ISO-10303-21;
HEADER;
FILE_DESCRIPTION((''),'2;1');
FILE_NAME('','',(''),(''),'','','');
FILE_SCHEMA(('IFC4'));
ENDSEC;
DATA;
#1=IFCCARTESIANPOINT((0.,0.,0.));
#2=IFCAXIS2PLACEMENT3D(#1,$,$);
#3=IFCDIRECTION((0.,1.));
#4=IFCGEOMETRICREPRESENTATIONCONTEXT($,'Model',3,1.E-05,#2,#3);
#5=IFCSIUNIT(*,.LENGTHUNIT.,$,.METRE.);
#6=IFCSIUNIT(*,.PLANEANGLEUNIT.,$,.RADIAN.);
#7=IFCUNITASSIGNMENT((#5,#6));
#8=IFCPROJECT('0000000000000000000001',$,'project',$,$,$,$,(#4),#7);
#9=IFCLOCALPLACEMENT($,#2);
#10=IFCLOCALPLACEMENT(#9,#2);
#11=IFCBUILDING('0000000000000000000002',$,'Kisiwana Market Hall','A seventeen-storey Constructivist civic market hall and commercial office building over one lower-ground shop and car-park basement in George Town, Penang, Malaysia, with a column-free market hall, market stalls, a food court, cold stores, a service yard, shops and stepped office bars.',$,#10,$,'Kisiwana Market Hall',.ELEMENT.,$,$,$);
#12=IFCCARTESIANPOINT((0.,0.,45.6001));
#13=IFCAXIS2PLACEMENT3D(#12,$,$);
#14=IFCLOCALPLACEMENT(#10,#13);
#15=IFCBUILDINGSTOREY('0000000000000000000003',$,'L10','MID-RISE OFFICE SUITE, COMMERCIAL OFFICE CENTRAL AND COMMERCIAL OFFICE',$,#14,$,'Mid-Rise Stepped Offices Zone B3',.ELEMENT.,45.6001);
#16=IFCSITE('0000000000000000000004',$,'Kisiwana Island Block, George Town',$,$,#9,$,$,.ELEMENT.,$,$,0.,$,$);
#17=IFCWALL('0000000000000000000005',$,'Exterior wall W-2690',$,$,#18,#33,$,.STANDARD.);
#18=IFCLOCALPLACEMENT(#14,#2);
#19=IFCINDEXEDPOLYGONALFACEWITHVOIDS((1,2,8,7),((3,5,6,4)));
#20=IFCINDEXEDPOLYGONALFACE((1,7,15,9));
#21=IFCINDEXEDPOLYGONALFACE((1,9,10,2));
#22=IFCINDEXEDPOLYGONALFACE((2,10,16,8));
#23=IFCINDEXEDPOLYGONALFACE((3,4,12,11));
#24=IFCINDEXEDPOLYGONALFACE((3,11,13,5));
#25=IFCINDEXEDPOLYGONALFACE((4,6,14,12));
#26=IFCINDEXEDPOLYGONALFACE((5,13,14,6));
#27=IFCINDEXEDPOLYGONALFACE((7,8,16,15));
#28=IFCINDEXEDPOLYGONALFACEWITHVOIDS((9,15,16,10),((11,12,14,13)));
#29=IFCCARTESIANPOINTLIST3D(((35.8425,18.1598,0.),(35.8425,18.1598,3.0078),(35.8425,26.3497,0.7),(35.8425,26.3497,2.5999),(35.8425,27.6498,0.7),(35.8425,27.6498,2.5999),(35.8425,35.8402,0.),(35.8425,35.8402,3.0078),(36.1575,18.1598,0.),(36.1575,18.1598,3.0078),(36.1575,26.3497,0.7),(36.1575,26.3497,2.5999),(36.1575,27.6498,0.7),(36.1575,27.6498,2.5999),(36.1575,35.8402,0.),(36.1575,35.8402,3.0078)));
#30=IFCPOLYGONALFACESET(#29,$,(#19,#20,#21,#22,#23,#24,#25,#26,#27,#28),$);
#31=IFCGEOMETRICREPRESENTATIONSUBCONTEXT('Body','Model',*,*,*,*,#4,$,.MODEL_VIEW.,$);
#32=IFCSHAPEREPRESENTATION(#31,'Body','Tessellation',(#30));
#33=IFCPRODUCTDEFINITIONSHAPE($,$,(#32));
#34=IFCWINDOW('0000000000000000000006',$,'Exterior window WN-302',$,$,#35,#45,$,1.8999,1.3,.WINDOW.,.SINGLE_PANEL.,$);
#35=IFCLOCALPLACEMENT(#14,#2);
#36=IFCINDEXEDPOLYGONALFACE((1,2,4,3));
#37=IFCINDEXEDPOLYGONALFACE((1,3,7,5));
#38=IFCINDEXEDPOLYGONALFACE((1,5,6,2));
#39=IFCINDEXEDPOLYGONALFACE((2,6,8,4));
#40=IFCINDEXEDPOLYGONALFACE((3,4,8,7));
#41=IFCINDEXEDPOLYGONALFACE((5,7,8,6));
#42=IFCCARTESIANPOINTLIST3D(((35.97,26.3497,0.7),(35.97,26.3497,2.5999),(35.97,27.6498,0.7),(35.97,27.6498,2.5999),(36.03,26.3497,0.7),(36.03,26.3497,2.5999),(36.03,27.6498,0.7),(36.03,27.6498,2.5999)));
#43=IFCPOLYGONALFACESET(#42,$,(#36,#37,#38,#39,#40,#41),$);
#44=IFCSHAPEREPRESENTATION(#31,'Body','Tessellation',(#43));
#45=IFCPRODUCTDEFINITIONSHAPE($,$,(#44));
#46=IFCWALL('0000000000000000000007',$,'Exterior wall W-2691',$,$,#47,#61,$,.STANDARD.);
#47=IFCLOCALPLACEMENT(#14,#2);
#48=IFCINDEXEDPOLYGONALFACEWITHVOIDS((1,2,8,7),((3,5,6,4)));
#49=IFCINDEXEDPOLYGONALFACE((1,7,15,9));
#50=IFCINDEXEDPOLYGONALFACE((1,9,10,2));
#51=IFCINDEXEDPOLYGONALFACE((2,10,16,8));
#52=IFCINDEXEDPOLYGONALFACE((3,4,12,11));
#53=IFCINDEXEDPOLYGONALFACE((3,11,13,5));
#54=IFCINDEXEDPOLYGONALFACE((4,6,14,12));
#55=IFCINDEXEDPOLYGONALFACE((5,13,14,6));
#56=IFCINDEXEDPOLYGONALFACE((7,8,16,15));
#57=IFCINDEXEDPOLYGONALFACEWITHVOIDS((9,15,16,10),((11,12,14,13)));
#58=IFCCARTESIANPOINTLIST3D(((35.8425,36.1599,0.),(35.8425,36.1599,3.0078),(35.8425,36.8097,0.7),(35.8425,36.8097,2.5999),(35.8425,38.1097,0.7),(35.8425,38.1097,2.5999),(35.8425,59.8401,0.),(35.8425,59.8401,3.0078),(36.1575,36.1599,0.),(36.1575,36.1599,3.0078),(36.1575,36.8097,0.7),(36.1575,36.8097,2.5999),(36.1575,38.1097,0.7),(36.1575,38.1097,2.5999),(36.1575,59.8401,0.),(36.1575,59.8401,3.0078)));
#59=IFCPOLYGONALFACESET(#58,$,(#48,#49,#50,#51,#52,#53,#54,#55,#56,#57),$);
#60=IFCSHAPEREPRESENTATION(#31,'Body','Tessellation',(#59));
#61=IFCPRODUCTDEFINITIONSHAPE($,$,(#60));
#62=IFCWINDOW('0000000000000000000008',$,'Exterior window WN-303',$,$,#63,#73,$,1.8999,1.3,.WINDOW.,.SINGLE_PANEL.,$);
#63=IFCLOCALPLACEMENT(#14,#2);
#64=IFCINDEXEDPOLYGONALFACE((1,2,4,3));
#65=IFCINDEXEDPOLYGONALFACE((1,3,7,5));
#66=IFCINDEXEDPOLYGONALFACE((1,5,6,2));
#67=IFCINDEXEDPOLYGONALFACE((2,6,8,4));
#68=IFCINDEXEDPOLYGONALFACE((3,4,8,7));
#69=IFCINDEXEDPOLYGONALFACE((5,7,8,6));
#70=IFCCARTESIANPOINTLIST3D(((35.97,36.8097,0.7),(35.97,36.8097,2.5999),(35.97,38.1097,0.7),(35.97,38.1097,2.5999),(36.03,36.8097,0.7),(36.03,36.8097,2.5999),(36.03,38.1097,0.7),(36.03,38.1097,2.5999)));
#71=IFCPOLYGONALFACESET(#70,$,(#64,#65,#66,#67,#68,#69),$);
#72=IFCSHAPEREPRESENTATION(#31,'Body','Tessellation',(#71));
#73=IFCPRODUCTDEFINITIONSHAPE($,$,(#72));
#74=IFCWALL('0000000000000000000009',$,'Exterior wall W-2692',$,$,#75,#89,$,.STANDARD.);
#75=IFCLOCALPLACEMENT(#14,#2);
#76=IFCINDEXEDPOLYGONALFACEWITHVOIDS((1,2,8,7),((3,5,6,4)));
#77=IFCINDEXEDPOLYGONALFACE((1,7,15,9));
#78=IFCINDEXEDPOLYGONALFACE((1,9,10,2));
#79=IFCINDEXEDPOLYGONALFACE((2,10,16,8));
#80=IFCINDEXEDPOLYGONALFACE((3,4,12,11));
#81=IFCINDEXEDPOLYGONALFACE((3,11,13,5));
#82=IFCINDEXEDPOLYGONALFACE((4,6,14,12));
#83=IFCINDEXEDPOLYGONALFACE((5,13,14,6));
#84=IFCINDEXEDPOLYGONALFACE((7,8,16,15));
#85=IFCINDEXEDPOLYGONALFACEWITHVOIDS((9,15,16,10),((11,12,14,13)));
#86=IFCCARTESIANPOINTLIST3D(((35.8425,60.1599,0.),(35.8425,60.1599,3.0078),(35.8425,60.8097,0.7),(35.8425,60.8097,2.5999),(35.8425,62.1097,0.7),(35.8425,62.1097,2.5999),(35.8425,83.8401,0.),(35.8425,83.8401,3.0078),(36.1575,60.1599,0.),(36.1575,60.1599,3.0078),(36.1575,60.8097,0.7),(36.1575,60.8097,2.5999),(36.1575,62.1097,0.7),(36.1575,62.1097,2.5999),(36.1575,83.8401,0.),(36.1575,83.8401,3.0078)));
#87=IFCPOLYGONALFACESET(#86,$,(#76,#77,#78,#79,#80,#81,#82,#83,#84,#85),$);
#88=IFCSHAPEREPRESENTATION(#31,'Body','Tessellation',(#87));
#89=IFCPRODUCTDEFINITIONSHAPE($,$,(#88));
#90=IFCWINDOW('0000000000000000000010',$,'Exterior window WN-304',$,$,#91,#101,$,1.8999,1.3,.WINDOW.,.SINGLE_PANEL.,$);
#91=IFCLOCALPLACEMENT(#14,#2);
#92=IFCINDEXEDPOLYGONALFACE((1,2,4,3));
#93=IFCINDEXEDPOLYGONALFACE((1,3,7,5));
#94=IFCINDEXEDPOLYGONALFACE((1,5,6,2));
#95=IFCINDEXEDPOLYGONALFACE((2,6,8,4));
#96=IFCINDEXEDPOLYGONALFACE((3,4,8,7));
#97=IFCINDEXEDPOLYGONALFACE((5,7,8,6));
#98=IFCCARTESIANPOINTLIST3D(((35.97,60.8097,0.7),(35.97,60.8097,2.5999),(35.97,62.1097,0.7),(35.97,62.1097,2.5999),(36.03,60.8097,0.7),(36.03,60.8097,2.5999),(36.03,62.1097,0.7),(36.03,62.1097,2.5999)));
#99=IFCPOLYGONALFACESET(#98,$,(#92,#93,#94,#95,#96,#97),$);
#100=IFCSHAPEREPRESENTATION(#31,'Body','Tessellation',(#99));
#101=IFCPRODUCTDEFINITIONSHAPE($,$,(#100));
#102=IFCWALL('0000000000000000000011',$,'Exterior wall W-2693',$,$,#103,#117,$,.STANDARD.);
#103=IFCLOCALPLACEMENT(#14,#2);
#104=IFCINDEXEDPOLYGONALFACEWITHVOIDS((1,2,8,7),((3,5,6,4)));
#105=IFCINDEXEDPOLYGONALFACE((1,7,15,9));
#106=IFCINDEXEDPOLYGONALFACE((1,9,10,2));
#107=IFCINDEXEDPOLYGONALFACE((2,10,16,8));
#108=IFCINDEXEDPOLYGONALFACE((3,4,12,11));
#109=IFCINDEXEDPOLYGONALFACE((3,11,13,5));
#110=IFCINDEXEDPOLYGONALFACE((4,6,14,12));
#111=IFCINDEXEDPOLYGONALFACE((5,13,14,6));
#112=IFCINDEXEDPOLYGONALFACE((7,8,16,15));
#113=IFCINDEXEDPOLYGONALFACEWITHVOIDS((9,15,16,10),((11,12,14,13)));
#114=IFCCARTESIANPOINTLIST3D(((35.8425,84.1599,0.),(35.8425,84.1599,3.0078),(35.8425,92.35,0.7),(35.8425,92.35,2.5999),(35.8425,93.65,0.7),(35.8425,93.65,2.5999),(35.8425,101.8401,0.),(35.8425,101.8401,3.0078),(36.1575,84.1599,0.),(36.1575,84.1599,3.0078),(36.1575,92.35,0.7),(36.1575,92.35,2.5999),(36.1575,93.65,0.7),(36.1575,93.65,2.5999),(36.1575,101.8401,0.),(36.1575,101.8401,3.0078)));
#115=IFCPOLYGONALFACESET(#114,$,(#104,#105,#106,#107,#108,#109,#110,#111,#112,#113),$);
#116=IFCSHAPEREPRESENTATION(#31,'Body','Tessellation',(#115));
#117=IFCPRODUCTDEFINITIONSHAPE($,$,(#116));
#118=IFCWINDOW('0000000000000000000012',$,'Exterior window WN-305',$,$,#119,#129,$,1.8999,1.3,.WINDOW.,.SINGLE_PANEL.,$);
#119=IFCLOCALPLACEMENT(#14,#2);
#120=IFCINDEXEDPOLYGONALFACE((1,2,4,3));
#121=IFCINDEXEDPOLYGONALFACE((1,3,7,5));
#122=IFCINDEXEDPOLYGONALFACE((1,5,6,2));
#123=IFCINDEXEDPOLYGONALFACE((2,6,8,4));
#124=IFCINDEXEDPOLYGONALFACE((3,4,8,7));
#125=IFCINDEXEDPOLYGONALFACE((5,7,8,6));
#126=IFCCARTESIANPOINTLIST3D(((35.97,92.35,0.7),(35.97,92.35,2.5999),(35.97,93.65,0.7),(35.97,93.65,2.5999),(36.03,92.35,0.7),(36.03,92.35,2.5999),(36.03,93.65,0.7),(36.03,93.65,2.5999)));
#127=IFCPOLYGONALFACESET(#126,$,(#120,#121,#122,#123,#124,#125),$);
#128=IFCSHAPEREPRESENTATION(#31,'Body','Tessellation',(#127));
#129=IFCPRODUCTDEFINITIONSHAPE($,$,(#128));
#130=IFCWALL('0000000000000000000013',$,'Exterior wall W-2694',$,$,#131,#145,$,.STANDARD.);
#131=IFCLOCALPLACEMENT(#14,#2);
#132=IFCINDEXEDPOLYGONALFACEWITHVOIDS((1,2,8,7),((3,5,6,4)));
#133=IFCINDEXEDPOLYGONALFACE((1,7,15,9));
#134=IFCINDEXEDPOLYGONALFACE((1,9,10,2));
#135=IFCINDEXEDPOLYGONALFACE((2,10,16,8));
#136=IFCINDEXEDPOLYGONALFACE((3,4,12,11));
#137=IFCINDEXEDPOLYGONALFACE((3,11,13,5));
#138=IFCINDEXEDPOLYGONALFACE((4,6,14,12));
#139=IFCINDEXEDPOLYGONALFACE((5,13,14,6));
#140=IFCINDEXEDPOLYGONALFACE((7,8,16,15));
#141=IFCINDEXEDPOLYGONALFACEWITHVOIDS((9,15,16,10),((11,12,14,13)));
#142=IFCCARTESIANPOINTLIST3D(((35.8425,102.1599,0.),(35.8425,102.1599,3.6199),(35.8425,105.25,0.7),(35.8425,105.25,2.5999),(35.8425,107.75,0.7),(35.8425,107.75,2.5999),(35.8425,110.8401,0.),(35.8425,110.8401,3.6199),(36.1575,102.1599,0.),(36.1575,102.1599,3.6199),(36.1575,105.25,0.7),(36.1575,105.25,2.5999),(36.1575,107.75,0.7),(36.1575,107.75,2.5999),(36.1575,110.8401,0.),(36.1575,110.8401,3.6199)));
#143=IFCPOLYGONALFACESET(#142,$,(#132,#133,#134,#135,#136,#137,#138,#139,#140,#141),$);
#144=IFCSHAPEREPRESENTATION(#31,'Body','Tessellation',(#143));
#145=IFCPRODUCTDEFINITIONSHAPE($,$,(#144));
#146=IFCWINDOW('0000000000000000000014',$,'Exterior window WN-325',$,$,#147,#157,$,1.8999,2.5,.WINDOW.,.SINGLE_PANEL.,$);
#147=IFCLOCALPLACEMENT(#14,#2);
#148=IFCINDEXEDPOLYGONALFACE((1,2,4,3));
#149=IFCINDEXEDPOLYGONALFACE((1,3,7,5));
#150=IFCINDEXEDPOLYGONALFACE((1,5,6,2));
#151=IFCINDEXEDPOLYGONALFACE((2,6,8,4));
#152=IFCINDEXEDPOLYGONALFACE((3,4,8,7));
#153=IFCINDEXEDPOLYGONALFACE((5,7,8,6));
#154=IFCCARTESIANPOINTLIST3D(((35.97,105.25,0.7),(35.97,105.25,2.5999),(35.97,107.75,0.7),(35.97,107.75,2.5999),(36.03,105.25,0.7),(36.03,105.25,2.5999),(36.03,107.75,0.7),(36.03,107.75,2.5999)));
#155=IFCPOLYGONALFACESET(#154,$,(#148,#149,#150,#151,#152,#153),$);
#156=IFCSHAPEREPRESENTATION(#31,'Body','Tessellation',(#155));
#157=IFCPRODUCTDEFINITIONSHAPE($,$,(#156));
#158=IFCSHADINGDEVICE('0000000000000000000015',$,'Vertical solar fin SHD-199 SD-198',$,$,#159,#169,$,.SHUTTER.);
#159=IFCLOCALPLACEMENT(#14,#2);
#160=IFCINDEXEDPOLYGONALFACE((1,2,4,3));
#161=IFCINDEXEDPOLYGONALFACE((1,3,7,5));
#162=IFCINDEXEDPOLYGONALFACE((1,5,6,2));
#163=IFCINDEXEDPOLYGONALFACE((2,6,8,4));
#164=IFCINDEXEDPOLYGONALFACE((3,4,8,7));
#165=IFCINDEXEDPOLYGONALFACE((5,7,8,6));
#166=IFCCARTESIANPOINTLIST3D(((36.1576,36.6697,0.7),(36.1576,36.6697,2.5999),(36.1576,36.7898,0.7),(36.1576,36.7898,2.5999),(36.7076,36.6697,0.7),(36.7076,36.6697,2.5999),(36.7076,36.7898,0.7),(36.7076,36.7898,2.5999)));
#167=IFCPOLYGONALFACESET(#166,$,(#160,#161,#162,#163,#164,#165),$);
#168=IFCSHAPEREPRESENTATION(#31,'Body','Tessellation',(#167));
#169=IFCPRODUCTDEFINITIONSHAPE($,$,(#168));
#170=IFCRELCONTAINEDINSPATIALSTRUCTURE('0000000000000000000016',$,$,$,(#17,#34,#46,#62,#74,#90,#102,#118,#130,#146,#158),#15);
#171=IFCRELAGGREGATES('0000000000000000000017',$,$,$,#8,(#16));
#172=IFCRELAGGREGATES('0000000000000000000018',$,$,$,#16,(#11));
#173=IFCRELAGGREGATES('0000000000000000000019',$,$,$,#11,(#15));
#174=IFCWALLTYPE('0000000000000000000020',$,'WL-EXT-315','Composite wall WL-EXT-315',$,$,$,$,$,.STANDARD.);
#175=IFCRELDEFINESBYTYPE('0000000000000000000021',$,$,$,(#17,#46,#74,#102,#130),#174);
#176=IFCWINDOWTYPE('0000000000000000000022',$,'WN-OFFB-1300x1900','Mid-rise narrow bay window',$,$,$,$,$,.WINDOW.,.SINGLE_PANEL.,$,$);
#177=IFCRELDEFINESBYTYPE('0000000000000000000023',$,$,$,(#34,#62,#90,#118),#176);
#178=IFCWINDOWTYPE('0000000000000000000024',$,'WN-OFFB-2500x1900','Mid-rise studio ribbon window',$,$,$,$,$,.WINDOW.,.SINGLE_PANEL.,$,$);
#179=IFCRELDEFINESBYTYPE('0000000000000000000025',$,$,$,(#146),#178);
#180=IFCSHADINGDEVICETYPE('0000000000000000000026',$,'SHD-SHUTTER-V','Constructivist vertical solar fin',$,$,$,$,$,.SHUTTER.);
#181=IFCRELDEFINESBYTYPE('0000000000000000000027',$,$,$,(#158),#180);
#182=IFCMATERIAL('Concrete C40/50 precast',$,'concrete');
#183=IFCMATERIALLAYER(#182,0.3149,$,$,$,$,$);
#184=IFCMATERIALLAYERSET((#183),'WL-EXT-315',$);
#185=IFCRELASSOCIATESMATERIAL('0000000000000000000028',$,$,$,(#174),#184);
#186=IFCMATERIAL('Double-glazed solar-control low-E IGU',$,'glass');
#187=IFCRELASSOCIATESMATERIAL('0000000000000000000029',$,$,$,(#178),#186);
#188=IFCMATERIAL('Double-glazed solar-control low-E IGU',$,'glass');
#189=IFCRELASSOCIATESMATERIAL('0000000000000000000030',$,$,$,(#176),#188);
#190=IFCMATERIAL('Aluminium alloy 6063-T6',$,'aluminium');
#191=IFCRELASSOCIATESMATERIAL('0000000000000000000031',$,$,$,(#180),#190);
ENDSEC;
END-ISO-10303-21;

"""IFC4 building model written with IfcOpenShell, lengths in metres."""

from ifc_helpers import new_model, si_unit, direction, frame, frame_2d, origin, origin_2d, place, context, subcontext, project, spatial, rectangle, extrude, material, layer, layer_set, type_object, element, fill, save


model = new_model("IFC4")

# Units and contexts
model_context = context("Model", 3, precision=1e-05, world=origin(), true_north=direction((0.0, 1.0)))
body_context = subcontext(model_context, "Body", "Model", "MODEL_VIEW")
ifc_project = project(units=[si_unit("LENGTHUNIT", "METRE"), si_unit("PLANEANGLEUNIT", "RADIAN")], contexts=[model_context])

# Site, building, storey
site_placement = place(None, origin())
site = spatial("IfcSite", under=ifc_project, at=site_placement, Name="Kisiwana Island Block, George Town", CompositionType="ELEMENT", RefElevation=0.0)
building_placement = place(site_placement, origin())
building = spatial("IfcBuilding", under=site, at=building_placement, Name="Kisiwana Market Hall", Description="A seventeen-storey Constructivist civic market hall and commercial office building over one lower-ground shop and car-park basement in George Town, Penang, Malaysia, with a column-free market hall, market stalls, a food court, cold stores, a service yard, shops and stepped office bars.", LongName="Kisiwana Market Hall", CompositionType="ELEMENT")
storey_placement = place(building_placement, frame((0.0, 0.0, 45.6001)))
storey = spatial("IfcBuildingStorey", under=building, at=storey_placement, Name="L10", Description="MID-RISE OFFICE SUITE, COMMERCIAL OFFICE CENTRAL AND COMMERCIAL OFFICE", LongName="Mid-Rise Stepped Offices Zone B3", CompositionType="ELEMENT", Elevation=45.6001)

# Walls, openings, windows
ifc_material_1 = material(Name="Concrete C40/50 precast", Category="concrete")
ifc_layer = layer(ifc_material_1, 0.3149)
ifc_layer_set = layer_set([ifc_layer], Name="WL-EXT-315")
wall_type = type_object("IfcWallType", Name="WL-EXT-315", Description="Composite wall WL-EXT-315", PredefinedType="STANDARD", material=ifc_layer_set)
ifc_material_2 = material(Name="Double-glazed solar-control low-E IGU", Category="glass")
window_type_1 = type_object("IfcWindowType", Name="WN-OFFB-2500x1900", Description="Mid-rise studio ribbon window", PartitioningType="SINGLE_PANEL", PredefinedType="WINDOW", material=ifc_material_2)
wall_1_placement = place(storey_placement, frame((36.0, 18.1597, 0.0), z_axis=(0.0, 0.0, 1.0), x_axis=(0.0, 1.0, 0.0)))
wall_1 = element("IfcWall", 1, at=wall_1_placement, inside=storey, type_object=wall_type, Name="Exterior wall W-2690", PredefinedType="STANDARD", context=body_context, shape_type="SweptSolid", body=[
    extrude(rectangle(XDim=17.6804, YDim=0.3149, at=frame_2d((8.8403, 0.0))), origin(), (0.0, 0.0, 1.0), 3.0078),
])
opening_1_placement = place(wall_1_placement, frame((8.1902, 0.0, 0.7)))
opening_1 = element("IfcOpeningElement", 2, at=opening_1_placement, cuts=wall_1, PredefinedType="OPENING", context=body_context, shape_type="SweptSolid", body=[
    extrude(rectangle(XDim=1.3, YDim=1.8999, at=frame_2d((0.6499, 0.95))), frame((0.0, 0.1694, 0.0), z_axis=(0.0, -1.0, 0.0), x_axis=(1.0, 0.0, 0.0)), (0.0, 0.0, 1.0), 0.3389),
])
ifc_material_3 = material(Name="Double-glazed solar-control low-E IGU", Category="glass")
window_type_2 = type_object("IfcWindowType", Name="WN-OFFB-1300x1900", Description="Mid-rise narrow bay window", PartitioningType="SINGLE_PANEL", PredefinedType="WINDOW", material=ifc_material_3)
window_1_placement = place(opening_1_placement, origin())
window_1 = element("IfcWindow", 3, at=window_1_placement, inside=storey, type_object=window_type_2, Name="Exterior window WN-302", OverallHeight=1.8999, OverallWidth=1.3, PartitioningType="SINGLE_PANEL", PredefinedType="WINDOW", context=body_context, shape_type="SweptSolid", body=[
    extrude(rectangle(XDim=1.3, YDim=1.8999, at=frame_2d((0.6499, 0.95))), frame((0.0, 0.03, 0.0), z_axis=(0.0, -1.0, 0.0), x_axis=(1.0, 0.0, 0.0)), (0.0, 0.0, 1.0), 0.0601),
])
fill(opening_1, window_1)
wall_2_placement = place(storey_placement, frame((36.0, 36.1599, 0.0), z_axis=(0.0, 0.0, 1.0), x_axis=(0.0, 1.0, 0.0)))
wall_2 = element("IfcWall", 4, at=wall_2_placement, inside=storey, type_object=wall_type, Name="Exterior wall W-2691", PredefinedType="STANDARD", context=body_context, shape_type="SweptSolid", body=[
    extrude(rectangle(XDim=23.6802, YDim=0.3149, at=frame_2d((11.8401, 0.0))), origin(), (0.0, 0.0, 1.0), 3.0078),
])
opening_2_placement = place(wall_2_placement, frame((0.6499, 0.0, 0.7)))
opening_2 = element("IfcOpeningElement", 5, at=opening_2_placement, cuts=wall_2, PredefinedType="OPENING", context=body_context, shape_type="SweptSolid", body=[
    extrude(rectangle(XDim=1.3, YDim=1.8999, at=frame_2d((0.6499, 0.95))), frame((0.0, 0.1694, 0.0), z_axis=(0.0, -1.0, 0.0), x_axis=(1.0, 0.0, 0.0)), (0.0, 0.0, 1.0), 0.3389),
])
window_2_placement = place(opening_2_placement, origin())
window_2 = element("IfcWindow", 6, at=window_2_placement, inside=storey, type_object=window_type_2, Name="Exterior window WN-303", OverallHeight=1.8999, OverallWidth=1.3, PartitioningType="SINGLE_PANEL", PredefinedType="WINDOW", context=body_context, shape_type="SweptSolid", body=[
    extrude(rectangle(XDim=1.3, YDim=1.8999, at=frame_2d((0.6499, 0.95))), frame((0.0, 0.03, 0.0), z_axis=(0.0, -1.0, 0.0), x_axis=(1.0, 0.0, 0.0)), (0.0, 0.0, 1.0), 0.0601),
])
fill(opening_2, window_2)
wall_3_placement = place(storey_placement, frame((36.0, 60.1599, 0.0), z_axis=(0.0, 0.0, 1.0), x_axis=(0.0, 1.0, 0.0)))
wall_3 = element("IfcWall", 7, at=wall_3_placement, inside=storey, type_object=wall_type, Name="Exterior wall W-2692", PredefinedType="STANDARD", context=body_context, shape_type="SweptSolid", body=[
    extrude(rectangle(XDim=23.6802, YDim=0.3149, at=frame_2d((11.8401, 0.0))), origin(), (0.0, 0.0, 1.0), 3.0078),
])
opening_3_placement = place(wall_3_placement, frame((0.6499, 0.0, 0.7)))
opening_3 = element("IfcOpeningElement", 8, at=opening_3_placement, cuts=wall_3, PredefinedType="OPENING", context=body_context, shape_type="SweptSolid", body=[
    extrude(rectangle(XDim=1.3, YDim=1.8999, at=frame_2d((0.6499, 0.95))), frame((0.0, 0.1694, 0.0), z_axis=(0.0, -1.0, 0.0), x_axis=(1.0, 0.0, 0.0)), (0.0, 0.0, 1.0), 0.3389),
])
window_3_placement = place(opening_3_placement, origin())
window_3 = element("IfcWindow", 9, at=window_3_placement, inside=storey, type_object=window_type_2, Name="Exterior window WN-304", OverallHeight=1.8999, OverallWidth=1.3, PartitioningType="SINGLE_PANEL", PredefinedType="WINDOW", context=body_context, shape_type="SweptSolid", body=[
    extrude(rectangle(XDim=1.3, YDim=1.8999, at=frame_2d((0.6499, 0.95))), frame((0.0, 0.03, 0.0), z_axis=(0.0, -1.0, 0.0), x_axis=(1.0, 0.0, 0.0)), (0.0, 0.0, 1.0), 0.0601),
])
fill(opening_3, window_3)
wall_4_placement = place(storey_placement, frame((36.0, 84.1599, 0.0), z_axis=(0.0, 0.0, 1.0), x_axis=(0.0, 1.0, 0.0)))
wall_4 = element("IfcWall", 10, at=wall_4_placement, inside=storey, type_object=wall_type, Name="Exterior wall W-2693", PredefinedType="STANDARD", context=body_context, shape_type="SweptSolid", body=[
    extrude(rectangle(XDim=17.6802, YDim=0.3149, at=frame_2d((8.8401, 0.0))), origin(), (0.0, 0.0, 1.0), 3.0078),
])
opening_4_placement = place(wall_4_placement, frame((8.1902, 0.0, 0.7)))
opening_4 = element("IfcOpeningElement", 11, at=opening_4_placement, cuts=wall_4, PredefinedType="OPENING", context=body_context, shape_type="SweptSolid", body=[
    extrude(rectangle(XDim=1.3, YDim=1.8999, at=frame_2d((0.6499, 0.95))), frame((0.0, 0.1694, 0.0), z_axis=(0.0, -1.0, 0.0), x_axis=(1.0, 0.0, 0.0)), (0.0, 0.0, 1.0), 0.3389),
])
window_4_placement = place(opening_4_placement, origin())
window_4 = element("IfcWindow", 12, at=window_4_placement, inside=storey, type_object=window_type_2, Name="Exterior window WN-305", OverallHeight=1.8999, OverallWidth=1.3, PartitioningType="SINGLE_PANEL", PredefinedType="WINDOW", context=body_context, shape_type="SweptSolid", body=[
    extrude(rectangle(XDim=1.3, YDim=1.8999, at=frame_2d((0.6499, 0.95))), frame((0.0, 0.03, 0.0), z_axis=(0.0, -1.0, 0.0), x_axis=(1.0, 0.0, 0.0)), (0.0, 0.0, 1.0), 0.0601),
])
fill(opening_4, window_4)
wall_5_placement = place(storey_placement, frame((36.0, 102.1599, 0.0), z_axis=(0.0, 0.0, 1.0), x_axis=(0.0, 1.0, 0.0)))
wall_5 = element("IfcWall", 13, at=wall_5_placement, inside=storey, type_object=wall_type, Name="Exterior wall W-2694", PredefinedType="STANDARD", context=body_context, shape_type="SweptSolid", body=[
    extrude(rectangle(XDim=8.6802, YDim=0.3149, at=frame_2d((4.3401, 0.0))), origin(), (0.0, 0.0, 1.0), 3.6199),
])
opening_5_placement = place(wall_5_placement, frame((3.0901, 0.0, 0.7)))
opening_5 = element("IfcOpeningElement", 14, at=opening_5_placement, cuts=wall_5, PredefinedType="OPENING", context=body_context, shape_type="SweptSolid", body=[
    extrude(rectangle(XDim=2.5, YDim=1.8999, at=frame_2d((1.25, 0.95))), frame((0.0, 0.1694, 0.0), z_axis=(0.0, -1.0, 0.0), x_axis=(1.0, 0.0, 0.0)), (0.0, 0.0, 1.0), 0.3389),
])
window_5_placement = place(opening_5_placement, origin())
window_5 = element("IfcWindow", 15, at=window_5_placement, inside=storey, type_object=window_type_1, Name="Exterior window WN-325", OverallHeight=1.8999, OverallWidth=2.5, PartitioningType="SINGLE_PANEL", PredefinedType="WINDOW", context=body_context, shape_type="SweptSolid", body=[
    extrude(rectangle(XDim=2.5, YDim=1.8999, at=frame_2d((1.25, 0.95))), frame((0.0, 0.03, 0.0), z_axis=(0.0, -1.0, 0.0), x_axis=(1.0, 0.0, 0.0)), (0.0, 0.0, 1.0), 0.0601),
])
fill(opening_5, window_5)

# Shading device
ifc_material_4 = material(Name="Aluminium alloy 6063-T6", Category="aluminium")
shading_device_type = type_object("IfcShadingDeviceType", Name="SHD-SHUTTER-V", Description="Constructivist vertical solar fin", PredefinedType="SHUTTER", material=ifc_material_4)
for number, where, z_axis, x_axis, name in (
    (16, (36.4326, 36.7297, 0.7), (0.0, 0.0, 1.0), (0.0, 1.0, 0.0), "Vertical solar fin SHD-199 SD-198"),
):
    element("IfcShadingDevice", number, at=place(storey_placement, frame(where, z_axis=z_axis, x_axis=x_axis)), inside=storey, type_object=shading_device_type, Name=name, PredefinedType="SHUTTER", context=body_context, shape_type="SweptSolid", body=[
        extrude(rectangle(XDim=0.1201, YDim=0.55, at=origin_2d()), origin(), (0.0, 0.0, 1.0), 1.8999),
    ])

save(model, "model.ifc")
